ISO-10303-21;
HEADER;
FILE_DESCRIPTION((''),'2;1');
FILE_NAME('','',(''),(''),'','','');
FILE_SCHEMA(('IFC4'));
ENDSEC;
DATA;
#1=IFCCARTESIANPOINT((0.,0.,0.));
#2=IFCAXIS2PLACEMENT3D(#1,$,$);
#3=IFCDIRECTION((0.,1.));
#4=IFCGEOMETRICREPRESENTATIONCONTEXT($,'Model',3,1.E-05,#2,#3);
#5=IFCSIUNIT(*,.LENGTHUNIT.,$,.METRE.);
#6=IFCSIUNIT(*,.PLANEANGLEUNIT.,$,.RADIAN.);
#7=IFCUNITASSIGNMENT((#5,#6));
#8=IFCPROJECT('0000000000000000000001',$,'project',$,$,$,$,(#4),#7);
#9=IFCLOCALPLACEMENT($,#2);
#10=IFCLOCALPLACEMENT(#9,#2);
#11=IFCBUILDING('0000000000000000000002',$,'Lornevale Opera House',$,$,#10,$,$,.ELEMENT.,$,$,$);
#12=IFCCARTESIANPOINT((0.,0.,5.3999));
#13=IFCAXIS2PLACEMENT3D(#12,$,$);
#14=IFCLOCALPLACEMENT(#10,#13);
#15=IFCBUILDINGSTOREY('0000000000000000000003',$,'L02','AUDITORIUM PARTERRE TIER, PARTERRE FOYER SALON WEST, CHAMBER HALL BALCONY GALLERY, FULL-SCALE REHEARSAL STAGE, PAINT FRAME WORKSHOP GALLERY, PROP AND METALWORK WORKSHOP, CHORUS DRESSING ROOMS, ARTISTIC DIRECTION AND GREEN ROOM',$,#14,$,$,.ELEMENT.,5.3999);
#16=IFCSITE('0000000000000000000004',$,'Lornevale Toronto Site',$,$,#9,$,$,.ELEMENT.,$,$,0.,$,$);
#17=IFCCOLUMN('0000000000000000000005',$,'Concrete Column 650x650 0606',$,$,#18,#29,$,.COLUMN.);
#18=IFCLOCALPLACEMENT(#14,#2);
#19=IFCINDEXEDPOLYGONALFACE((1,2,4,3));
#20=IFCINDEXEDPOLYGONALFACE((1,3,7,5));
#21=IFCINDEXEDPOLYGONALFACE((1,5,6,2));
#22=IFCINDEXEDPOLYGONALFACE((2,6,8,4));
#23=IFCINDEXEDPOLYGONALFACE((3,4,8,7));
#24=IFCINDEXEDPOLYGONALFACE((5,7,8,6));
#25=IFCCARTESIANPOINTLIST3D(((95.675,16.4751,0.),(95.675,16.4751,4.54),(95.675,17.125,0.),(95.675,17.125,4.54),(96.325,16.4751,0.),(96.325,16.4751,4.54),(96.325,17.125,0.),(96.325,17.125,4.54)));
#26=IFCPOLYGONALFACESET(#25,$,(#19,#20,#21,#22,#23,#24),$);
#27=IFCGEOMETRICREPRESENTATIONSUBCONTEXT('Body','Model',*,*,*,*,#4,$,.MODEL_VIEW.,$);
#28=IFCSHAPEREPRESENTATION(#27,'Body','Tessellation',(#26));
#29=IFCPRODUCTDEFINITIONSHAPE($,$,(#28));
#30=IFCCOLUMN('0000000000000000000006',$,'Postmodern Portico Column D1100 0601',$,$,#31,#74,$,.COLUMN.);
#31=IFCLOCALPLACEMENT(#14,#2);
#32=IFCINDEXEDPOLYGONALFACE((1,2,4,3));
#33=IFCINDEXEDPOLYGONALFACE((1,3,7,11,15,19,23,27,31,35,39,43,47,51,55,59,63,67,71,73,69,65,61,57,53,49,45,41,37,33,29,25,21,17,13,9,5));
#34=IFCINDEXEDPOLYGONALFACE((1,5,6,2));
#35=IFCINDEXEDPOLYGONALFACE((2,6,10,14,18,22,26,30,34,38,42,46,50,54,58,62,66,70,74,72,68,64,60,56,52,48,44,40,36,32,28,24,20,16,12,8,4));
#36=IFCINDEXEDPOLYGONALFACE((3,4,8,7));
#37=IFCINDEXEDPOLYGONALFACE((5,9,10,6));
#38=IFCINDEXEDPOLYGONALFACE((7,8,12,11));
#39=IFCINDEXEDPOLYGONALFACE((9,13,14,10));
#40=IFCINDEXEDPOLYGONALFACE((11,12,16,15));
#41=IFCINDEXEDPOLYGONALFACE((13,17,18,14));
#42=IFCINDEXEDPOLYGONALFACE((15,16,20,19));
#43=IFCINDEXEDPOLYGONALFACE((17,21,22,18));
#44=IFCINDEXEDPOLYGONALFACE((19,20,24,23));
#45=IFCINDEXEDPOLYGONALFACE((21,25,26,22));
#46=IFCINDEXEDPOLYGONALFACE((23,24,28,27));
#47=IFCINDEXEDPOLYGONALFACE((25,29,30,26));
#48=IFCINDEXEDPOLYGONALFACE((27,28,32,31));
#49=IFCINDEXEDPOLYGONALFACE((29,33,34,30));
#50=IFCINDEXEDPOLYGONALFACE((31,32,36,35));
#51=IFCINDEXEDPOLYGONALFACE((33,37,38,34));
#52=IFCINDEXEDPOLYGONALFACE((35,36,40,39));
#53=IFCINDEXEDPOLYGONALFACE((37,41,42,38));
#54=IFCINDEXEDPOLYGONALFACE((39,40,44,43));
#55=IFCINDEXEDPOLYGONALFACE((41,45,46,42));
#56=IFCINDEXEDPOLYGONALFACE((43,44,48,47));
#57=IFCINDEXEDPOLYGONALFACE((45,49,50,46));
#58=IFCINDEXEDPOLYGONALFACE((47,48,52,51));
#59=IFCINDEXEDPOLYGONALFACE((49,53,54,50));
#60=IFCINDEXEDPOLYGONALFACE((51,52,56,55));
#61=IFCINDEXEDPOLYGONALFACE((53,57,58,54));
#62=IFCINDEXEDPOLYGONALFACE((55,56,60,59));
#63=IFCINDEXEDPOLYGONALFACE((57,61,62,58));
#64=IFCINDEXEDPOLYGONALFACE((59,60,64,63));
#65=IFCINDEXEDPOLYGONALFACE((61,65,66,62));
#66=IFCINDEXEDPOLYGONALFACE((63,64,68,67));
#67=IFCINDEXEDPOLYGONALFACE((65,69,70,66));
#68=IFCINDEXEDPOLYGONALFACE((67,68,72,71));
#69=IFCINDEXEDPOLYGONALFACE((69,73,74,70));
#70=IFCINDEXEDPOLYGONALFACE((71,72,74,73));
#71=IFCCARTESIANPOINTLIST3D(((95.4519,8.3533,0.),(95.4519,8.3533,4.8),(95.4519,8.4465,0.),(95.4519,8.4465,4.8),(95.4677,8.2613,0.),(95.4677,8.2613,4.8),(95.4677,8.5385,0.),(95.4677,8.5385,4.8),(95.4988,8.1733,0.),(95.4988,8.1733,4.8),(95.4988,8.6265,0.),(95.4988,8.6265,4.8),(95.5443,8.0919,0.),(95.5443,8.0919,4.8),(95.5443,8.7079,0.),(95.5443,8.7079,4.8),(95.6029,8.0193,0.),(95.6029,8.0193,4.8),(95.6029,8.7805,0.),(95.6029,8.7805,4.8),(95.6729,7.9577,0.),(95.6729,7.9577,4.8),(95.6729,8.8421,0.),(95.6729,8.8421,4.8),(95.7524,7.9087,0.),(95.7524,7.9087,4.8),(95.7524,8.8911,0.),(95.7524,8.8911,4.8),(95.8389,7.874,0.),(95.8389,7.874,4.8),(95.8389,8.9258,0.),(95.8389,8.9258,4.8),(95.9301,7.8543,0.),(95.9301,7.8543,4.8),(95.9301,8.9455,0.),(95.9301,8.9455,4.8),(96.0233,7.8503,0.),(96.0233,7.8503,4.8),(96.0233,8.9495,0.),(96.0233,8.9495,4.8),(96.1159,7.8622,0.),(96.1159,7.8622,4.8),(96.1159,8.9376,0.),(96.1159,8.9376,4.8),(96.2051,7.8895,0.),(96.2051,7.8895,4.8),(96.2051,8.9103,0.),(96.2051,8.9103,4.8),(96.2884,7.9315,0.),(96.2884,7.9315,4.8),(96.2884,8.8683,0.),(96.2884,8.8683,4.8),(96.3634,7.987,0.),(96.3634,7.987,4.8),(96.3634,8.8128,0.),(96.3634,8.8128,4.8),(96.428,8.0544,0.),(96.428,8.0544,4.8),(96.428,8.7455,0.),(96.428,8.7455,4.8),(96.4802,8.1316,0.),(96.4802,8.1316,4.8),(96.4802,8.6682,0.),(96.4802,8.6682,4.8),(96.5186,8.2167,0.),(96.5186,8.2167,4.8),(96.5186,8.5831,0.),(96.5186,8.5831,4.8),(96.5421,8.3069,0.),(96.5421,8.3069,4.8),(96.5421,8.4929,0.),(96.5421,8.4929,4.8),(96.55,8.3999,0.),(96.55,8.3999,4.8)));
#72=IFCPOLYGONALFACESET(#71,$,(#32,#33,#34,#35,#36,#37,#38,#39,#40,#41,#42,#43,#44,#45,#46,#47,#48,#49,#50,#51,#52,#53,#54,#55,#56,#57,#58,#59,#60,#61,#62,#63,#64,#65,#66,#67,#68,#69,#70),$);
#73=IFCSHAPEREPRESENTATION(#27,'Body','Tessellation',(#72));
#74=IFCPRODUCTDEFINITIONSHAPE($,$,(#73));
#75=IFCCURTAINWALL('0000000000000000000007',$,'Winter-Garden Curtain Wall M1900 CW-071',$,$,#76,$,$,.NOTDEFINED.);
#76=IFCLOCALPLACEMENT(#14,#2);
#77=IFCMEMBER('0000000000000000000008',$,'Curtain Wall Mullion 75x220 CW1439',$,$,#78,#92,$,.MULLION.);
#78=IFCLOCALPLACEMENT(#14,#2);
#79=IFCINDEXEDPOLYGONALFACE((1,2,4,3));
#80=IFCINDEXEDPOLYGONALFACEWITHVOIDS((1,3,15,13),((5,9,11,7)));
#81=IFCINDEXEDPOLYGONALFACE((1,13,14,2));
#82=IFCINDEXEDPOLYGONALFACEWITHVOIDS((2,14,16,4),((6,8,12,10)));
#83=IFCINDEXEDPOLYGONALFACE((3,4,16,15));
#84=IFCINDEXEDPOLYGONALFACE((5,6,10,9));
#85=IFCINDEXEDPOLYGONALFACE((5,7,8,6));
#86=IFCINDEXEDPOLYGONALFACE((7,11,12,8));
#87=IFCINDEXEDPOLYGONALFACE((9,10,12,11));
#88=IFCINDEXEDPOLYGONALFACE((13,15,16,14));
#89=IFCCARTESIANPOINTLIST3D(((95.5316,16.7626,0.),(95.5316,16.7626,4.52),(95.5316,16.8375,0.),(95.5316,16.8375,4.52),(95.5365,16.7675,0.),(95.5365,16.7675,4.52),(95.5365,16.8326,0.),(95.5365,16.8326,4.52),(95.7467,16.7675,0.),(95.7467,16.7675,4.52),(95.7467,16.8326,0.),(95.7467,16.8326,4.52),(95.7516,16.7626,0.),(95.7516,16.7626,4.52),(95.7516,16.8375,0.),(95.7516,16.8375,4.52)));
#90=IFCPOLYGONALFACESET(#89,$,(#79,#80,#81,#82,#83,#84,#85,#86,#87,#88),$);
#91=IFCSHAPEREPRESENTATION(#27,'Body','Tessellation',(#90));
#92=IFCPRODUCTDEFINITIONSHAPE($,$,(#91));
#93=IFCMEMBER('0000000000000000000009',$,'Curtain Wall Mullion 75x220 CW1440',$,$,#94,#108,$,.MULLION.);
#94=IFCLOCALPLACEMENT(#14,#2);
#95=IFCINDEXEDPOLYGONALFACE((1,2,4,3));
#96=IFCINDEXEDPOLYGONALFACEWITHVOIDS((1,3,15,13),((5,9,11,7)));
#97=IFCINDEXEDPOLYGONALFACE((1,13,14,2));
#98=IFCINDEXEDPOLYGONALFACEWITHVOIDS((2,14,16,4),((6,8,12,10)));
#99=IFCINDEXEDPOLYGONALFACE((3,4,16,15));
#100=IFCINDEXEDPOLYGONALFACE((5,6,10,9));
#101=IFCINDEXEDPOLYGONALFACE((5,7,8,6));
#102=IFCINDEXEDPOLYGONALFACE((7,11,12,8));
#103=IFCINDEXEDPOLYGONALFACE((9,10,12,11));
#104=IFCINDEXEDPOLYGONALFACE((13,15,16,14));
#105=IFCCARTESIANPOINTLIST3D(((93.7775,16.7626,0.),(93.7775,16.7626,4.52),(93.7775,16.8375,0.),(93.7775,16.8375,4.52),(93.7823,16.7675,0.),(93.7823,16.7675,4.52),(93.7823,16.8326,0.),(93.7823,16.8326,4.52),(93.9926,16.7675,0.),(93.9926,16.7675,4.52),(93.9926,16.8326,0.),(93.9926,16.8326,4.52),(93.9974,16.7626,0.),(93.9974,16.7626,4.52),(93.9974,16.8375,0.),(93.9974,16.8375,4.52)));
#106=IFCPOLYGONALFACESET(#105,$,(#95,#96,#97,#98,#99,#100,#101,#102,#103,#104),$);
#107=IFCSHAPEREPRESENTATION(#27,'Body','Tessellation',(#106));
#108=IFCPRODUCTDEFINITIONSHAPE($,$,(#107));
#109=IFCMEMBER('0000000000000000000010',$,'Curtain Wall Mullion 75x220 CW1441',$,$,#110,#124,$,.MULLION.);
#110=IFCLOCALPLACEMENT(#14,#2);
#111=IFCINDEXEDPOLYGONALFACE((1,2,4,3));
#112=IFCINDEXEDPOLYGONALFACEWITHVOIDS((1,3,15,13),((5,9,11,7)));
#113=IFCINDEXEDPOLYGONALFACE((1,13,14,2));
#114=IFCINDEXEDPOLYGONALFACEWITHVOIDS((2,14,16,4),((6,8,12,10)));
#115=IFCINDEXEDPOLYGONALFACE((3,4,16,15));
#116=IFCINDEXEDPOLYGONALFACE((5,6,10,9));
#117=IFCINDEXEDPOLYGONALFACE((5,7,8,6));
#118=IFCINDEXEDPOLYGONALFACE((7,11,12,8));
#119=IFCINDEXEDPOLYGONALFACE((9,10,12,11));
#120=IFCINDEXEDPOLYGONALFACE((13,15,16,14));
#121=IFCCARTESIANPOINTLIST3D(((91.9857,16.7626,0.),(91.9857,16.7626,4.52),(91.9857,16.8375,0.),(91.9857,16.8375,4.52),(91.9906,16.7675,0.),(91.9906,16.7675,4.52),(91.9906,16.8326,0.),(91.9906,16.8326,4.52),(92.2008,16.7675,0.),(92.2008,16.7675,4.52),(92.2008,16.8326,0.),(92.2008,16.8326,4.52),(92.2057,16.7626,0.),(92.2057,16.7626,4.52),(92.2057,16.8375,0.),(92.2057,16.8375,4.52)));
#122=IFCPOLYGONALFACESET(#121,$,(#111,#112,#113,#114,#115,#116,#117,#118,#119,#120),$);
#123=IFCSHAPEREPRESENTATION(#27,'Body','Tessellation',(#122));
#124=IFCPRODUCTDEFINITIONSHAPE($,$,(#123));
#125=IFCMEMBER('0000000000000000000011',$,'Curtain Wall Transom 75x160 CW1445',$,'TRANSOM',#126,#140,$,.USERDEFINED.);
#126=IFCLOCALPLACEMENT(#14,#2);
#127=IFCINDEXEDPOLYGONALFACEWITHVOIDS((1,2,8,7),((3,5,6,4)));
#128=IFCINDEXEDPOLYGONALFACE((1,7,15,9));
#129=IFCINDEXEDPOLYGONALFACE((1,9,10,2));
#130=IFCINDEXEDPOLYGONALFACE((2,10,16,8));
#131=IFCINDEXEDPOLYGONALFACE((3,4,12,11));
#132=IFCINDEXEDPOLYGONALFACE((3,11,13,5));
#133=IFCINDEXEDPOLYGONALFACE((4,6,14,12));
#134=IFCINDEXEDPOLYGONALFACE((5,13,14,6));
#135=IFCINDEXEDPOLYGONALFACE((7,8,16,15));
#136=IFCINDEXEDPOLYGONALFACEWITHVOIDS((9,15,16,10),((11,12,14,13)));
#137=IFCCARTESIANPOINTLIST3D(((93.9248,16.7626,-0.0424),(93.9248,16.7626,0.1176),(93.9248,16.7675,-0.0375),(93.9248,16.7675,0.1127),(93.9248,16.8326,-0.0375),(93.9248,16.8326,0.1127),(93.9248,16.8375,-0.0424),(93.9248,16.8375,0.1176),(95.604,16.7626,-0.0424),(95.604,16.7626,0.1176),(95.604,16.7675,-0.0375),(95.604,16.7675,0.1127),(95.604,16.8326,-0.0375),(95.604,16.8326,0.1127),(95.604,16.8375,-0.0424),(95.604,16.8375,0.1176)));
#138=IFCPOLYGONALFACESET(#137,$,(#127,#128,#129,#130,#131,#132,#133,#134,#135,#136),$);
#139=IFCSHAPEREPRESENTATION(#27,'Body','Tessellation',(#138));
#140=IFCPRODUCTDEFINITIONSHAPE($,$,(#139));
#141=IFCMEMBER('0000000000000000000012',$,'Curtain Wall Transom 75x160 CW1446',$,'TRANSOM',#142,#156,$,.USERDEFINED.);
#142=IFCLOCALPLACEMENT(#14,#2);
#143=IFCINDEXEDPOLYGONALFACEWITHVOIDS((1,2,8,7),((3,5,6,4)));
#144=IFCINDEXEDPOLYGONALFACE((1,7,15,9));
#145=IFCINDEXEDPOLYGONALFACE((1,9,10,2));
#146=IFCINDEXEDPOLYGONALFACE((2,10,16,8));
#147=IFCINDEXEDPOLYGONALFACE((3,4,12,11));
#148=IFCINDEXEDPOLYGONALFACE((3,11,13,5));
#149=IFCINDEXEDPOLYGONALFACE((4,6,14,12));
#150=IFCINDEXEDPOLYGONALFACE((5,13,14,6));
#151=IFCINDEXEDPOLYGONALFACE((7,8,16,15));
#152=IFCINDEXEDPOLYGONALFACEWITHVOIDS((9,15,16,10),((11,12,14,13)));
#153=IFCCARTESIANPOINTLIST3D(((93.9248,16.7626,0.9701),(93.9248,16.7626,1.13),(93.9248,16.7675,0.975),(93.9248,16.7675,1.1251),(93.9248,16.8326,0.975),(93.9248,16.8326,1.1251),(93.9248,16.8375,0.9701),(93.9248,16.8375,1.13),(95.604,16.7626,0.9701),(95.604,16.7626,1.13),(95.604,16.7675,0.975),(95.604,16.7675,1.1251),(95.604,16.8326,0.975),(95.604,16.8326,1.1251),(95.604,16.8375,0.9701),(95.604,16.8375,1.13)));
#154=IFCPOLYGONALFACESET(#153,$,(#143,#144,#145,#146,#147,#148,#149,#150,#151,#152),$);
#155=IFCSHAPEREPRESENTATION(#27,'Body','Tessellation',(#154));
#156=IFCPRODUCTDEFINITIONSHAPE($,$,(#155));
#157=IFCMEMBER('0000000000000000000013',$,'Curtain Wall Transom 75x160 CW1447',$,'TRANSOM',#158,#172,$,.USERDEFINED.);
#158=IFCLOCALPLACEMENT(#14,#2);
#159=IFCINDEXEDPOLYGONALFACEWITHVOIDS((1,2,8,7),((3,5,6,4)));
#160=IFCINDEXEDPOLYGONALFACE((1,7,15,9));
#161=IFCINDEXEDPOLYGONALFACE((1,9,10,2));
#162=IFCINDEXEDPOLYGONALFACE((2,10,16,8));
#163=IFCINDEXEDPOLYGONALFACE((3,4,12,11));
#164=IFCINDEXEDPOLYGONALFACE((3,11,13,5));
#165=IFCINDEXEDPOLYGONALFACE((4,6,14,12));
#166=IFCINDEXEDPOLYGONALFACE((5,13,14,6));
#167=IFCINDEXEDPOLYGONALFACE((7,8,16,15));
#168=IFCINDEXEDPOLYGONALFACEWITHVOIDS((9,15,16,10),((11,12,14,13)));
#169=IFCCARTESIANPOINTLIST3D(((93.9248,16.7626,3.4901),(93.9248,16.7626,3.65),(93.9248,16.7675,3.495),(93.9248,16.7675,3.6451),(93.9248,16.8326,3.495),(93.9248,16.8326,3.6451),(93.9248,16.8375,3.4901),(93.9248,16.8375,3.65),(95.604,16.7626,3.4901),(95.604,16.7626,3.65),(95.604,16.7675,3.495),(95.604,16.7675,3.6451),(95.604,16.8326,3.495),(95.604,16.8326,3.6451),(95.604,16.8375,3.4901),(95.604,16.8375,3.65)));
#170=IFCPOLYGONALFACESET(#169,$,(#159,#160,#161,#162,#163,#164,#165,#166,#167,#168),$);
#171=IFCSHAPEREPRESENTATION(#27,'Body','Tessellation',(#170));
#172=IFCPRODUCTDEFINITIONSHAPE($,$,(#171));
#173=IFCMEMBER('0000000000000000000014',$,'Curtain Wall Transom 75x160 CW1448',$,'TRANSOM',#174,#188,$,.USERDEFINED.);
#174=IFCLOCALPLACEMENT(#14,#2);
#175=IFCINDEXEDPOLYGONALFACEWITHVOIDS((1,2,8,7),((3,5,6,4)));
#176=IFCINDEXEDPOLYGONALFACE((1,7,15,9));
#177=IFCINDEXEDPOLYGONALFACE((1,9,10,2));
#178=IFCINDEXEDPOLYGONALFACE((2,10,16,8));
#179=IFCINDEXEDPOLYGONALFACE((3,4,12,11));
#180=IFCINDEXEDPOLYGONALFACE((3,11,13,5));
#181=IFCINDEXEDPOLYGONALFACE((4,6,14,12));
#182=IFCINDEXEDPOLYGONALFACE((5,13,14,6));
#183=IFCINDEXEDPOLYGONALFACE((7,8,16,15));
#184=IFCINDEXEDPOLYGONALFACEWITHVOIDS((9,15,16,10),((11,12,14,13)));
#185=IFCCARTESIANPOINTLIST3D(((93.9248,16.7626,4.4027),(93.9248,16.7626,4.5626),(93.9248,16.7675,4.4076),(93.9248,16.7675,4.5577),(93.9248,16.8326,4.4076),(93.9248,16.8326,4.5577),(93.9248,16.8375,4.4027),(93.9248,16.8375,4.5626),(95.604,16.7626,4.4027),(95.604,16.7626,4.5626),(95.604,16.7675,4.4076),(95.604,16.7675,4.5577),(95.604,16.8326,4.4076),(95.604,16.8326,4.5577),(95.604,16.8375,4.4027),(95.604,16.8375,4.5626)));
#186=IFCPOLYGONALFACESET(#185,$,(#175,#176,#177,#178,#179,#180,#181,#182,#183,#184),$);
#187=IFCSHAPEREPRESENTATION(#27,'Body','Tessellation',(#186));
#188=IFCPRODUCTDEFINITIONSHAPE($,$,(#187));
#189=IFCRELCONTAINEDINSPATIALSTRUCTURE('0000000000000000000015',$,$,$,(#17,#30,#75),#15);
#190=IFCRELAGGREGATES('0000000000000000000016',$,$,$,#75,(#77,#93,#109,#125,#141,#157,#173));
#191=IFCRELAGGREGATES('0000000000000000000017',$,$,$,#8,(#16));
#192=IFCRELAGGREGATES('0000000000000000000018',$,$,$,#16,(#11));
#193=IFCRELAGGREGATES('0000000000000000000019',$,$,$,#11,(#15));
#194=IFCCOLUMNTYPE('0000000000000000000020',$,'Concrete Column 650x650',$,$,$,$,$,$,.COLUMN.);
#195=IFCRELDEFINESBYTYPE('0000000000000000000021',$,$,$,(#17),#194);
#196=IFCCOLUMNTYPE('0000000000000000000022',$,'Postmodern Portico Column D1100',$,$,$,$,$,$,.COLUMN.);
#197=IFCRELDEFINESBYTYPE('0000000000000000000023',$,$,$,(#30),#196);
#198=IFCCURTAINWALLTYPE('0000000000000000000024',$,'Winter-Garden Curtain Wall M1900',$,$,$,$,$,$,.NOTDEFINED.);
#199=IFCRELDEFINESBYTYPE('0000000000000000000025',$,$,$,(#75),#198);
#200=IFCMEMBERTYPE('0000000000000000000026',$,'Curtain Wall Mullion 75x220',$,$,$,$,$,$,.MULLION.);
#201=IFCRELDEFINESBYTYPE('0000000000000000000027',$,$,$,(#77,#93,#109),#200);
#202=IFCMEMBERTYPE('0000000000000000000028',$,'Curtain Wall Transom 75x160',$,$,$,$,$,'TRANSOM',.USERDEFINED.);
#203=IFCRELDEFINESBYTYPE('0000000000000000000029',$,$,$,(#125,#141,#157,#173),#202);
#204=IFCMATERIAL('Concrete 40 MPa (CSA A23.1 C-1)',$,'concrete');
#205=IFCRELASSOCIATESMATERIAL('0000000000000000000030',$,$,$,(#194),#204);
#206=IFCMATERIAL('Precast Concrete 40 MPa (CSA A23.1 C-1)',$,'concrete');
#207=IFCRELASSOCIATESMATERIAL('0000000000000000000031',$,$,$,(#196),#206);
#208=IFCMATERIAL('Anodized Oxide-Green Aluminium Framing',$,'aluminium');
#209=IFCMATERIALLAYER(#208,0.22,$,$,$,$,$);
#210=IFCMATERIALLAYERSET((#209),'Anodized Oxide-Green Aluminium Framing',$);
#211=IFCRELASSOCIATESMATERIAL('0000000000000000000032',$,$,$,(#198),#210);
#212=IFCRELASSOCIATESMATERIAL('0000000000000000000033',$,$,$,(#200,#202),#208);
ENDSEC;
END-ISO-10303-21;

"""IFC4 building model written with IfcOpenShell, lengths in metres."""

from ifc_helpers import new_model, si_unit, direction, frame, origin, origin_2d, place, context, subcontext, project, spatial, rectangle, hollow_rectangle, circle, extrude, material, layer, layer_set, material_profile, profile_set, type_object, element, aggregate, save


model = new_model("IFC4")

# Units and contexts
model_context = context("Model", 3, precision=1e-05, world=origin(), true_north=direction((0.0, 1.0)))
body_context = subcontext(model_context, "Body", "Model", "MODEL_VIEW")
ifc_project = project(units=[si_unit("LENGTHUNIT", "METRE"), si_unit("PLANEANGLEUNIT", "RADIAN")], contexts=[model_context])

# Site, building, storey
site_placement = place(None, origin())
site = spatial("IfcSite", under=ifc_project, at=site_placement, Name="Lornevale Toronto Site", CompositionType="ELEMENT", RefElevation=0.0)
building_placement = place(site_placement, origin())
building = spatial("IfcBuilding", under=site, at=building_placement, Name="Lornevale Opera House", CompositionType="ELEMENT")
storey_placement = place(building_placement, frame((0.0, 0.0, 5.3999)))
storey = spatial("IfcBuildingStorey", under=building, at=storey_placement, Name="L02", Description="AUDITORIUM PARTERRE TIER, PARTERRE FOYER SALON WEST, CHAMBER HALL BALCONY GALLERY, FULL-SCALE REHEARSAL STAGE, PAINT FRAME WORKSHOP GALLERY, PROP AND METALWORK WORKSHOP, CHORUS DRESSING ROOMS, ARTISTIC DIRECTION AND GREEN ROOM", CompositionType="ELEMENT", Elevation=5.3999)

# Columns
ifc_material_1 = material(Name="Concrete 40 MPa (CSA A23.1 C-1)", Category="concrete")
ifc_material_profile_1 = material_profile(ifc_material_1, rectangle(XDim=0.6499, YDim=0.6499, at=origin_2d()), Name="RC650x650")
ifc_profile_set_1 = profile_set([ifc_material_profile_1], Name="Concrete 40 MPa (CSA A23.1 C-1)")
column_type_1 = type_object("IfcColumnType", Name="Concrete Column 650x650", PredefinedType="COLUMN", material=ifc_profile_set_1)
column_1_placement = place(storey_placement, frame((96.0, 16.8, 0.0), z_axis=(0.0, 0.0, 1.0), x_axis=(1.0, 0.0, 0.0)))
element("IfcColumn", 1, at=column_1_placement, inside=storey, type_object=column_type_1, Name="Concrete Column 650x650 0606", PredefinedType="COLUMN", context=body_context, shape_type="SweptSolid", body=[
    extrude(rectangle(XDim=0.6499, YDim=0.6499, at=origin_2d()), origin(), (0.0, 0.0, 1.0), 4.54),
])
ifc_material_2 = material(Name="Precast Concrete 40 MPa (CSA A23.1 C-1)", Category="concrete")
ifc_material_profile_2 = material_profile(ifc_material_2, circle(Radius=0.55, at=origin_2d()), Name="RCCOL1100")
ifc_profile_set_2 = profile_set([ifc_material_profile_2], Name="Precast Concrete 40 MPa (CSA A23.1 C-1)")
column_type_2 = type_object("IfcColumnType", Name="Postmodern Portico Column D1100", PredefinedType="COLUMN", material=ifc_profile_set_2)
column_2_placement = place(storey_placement, frame((96.0, 8.3999, 0.0), z_axis=(0.0, 0.0, 1.0), x_axis=(1.0, 0.0, 0.0)))
element("IfcColumn", 2, at=column_2_placement, inside=storey, type_object=column_type_2, Name="Postmodern Portico Column D1100 0601", PredefinedType="COLUMN", context=body_context, shape_type="SweptSolid", body=[
    extrude(circle(Radius=0.55, at=origin_2d()), origin(), (0.0, 0.0, 1.0), 4.8),
])

# Curtain wall, members
ifc_material_3 = material(Name="Anodized Oxide-Green Aluminium Framing", Category="aluminium")
ifc_layer_1 = layer(ifc_material_3, 0.22)
ifc_layer_set_1 = layer_set([ifc_layer_1], Name="Anodized Oxide-Green Aluminium Framing")
curtain_wall_type = type_object("IfcCurtainWallType", Name="Winter-Garden Curtain Wall M1900", PredefinedType="NOTDEFINED", material=ifc_layer_set_1)
curtain_wall_placement = place(storey_placement, origin())
curtain_wall = element("IfcCurtainWall", 3, at=curtain_wall_placement, inside=storey, type_object=curtain_wall_type, Name="Winter-Garden Curtain Wall M1900 CW-071", PredefinedType="NOTDEFINED")
ifc_material_profile_3 = material_profile(ifc_material_3, hollow_rectangle(XDim=0.075, YDim=0.22, WallThickness=0.0049, at=origin_2d()), Name="ALU75x220x5")
ifc_profile_set_3 = profile_set([ifc_material_profile_3], Name="Anodized Oxide-Green Aluminium Framing")
member_type_1 = type_object("IfcMemberType", Name="Curtain Wall Mullion 75x220", PredefinedType="MULLION", material=ifc_profile_set_3)
member_1_placement = place(storey_placement, frame((95.6416, 16.8, 0.0), z_axis=(0.0, 0.0, 1.0), x_axis=(0.0, -1.0, 0.0)))
member_1 = element("IfcMember", 4, at=member_1_placement, type_object=member_type_1, Name="Curtain Wall Mullion 75x220 CW1439", PredefinedType="MULLION", context=body_context, shape_type="SweptSolid", body=[
    extrude(hollow_rectangle(XDim=0.075, YDim=0.22, WallThickness=0.0049, at=origin_2d()), origin(), (0.0, 0.0, 1.0), 4.52),
])
member_2_placement = place(storey_placement, frame((93.8875, 16.8, 0.0), z_axis=(0.0, 0.0, 1.0), x_axis=(0.0, -1.0, 0.0)))
member_2 = element("IfcMember", 5, at=member_2_placement, type_object=member_type_1, Name="Curtain Wall Mullion 75x220 CW1440", PredefinedType="MULLION", context=body_context, shape_type="SweptSolid", body=[
    extrude(hollow_rectangle(XDim=0.075, YDim=0.22, WallThickness=0.0049, at=origin_2d()), origin(), (0.0, 0.0, 1.0), 4.52),
])
member_3_placement = place(storey_placement, frame((92.0957, 16.8, 0.0), z_axis=(0.0, 0.0, 1.0), x_axis=(0.0, -1.0, 0.0)))
member_3 = element("IfcMember", 6, at=member_3_placement, type_object=member_type_1, Name="Curtain Wall Mullion 75x220 CW1441", PredefinedType="MULLION", context=body_context, shape_type="SweptSolid", body=[
    extrude(hollow_rectangle(XDim=0.075, YDim=0.22, WallThickness=0.0049, at=origin_2d()), origin(), (0.0, 0.0, 1.0), 4.52),
])
ifc_material_profile_4 = material_profile(ifc_material_3, hollow_rectangle(XDim=0.075, YDim=0.1599, WallThickness=0.0049, at=origin_2d()), Name="ALU75x160x5")
ifc_profile_set_4 = profile_set([ifc_material_profile_4], Name="Anodized Oxide-Green Aluminium Framing")
member_type_2 = type_object("IfcMemberType", Name="Curtain Wall Transom 75x160", ElementType="TRANSOM", PredefinedType="USERDEFINED", material=ifc_profile_set_4)
member_4_placement = place(storey_placement, frame((95.604, 16.8, 0.0376), z_axis=(-1.0, 0.0, 0.0), x_axis=(0.0, -1.0, 0.0)))
member_4 = element("IfcMember", 7, at=member_4_placement, type_object=member_type_2, Name="Curtain Wall Transom 75x160 CW1445", ObjectType="TRANSOM", PredefinedType="USERDEFINED", context=body_context, shape_type="SweptSolid", body=[
    extrude(hollow_rectangle(XDim=0.075, YDim=0.1599, WallThickness=0.0049, at=origin_2d()), origin(), (0.0, 0.0, 1.0), 1.6792),
])
member_5_placement = place(storey_placement, frame((95.604, 16.8, 1.05), z_axis=(-1.0, 0.0, 0.0), x_axis=(0.0, -1.0, 0.0)))
member_5 = element("IfcMember", 8, at=member_5_placement, type_object=member_type_2, Name="Curtain Wall Transom 75x160 CW1446", ObjectType="TRANSOM", PredefinedType="USERDEFINED", context=body_context, shape_type="SweptSolid", body=[
    extrude(hollow_rectangle(XDim=0.075, YDim=0.1599, WallThickness=0.0049, at=origin_2d()), origin(), (0.0, 0.0, 1.0), 1.6792),
])
member_6_placement = place(storey_placement, frame((95.604, 16.8, 3.5701), z_axis=(-1.0, 0.0, 0.0), x_axis=(0.0, -1.0, 0.0)))
member_6 = element("IfcMember", 9, at=member_6_placement, type_object=member_type_2, Name="Curtain Wall Transom 75x160 CW1447", ObjectType="TRANSOM", PredefinedType="USERDEFINED", context=body_context, shape_type="SweptSolid", body=[
    extrude(hollow_rectangle(XDim=0.075, YDim=0.1599, WallThickness=0.0049, at=origin_2d()), origin(), (0.0, 0.0, 1.0), 1.6792),
])
member_7_placement = place(storey_placement, frame((95.604, 16.8, 4.4827), z_axis=(-1.0, 0.0, 0.0), x_axis=(0.0, -1.0, 0.0)))
member_7 = element("IfcMember", 10, at=member_7_placement, type_object=member_type_2, Name="Curtain Wall Transom 75x160 CW1448", ObjectType="TRANSOM", PredefinedType="USERDEFINED", context=body_context, shape_type="SweptSolid", body=[
    extrude(hollow_rectangle(XDim=0.075, YDim=0.1599, WallThickness=0.0049, at=origin_2d()), origin(), (0.0, 0.0, 1.0), 1.6792),
])
aggregate(curtain_wall, [member_1, member_2, member_3, member_4, member_5, member_6, member_7])

save(model, "model.ifc")
